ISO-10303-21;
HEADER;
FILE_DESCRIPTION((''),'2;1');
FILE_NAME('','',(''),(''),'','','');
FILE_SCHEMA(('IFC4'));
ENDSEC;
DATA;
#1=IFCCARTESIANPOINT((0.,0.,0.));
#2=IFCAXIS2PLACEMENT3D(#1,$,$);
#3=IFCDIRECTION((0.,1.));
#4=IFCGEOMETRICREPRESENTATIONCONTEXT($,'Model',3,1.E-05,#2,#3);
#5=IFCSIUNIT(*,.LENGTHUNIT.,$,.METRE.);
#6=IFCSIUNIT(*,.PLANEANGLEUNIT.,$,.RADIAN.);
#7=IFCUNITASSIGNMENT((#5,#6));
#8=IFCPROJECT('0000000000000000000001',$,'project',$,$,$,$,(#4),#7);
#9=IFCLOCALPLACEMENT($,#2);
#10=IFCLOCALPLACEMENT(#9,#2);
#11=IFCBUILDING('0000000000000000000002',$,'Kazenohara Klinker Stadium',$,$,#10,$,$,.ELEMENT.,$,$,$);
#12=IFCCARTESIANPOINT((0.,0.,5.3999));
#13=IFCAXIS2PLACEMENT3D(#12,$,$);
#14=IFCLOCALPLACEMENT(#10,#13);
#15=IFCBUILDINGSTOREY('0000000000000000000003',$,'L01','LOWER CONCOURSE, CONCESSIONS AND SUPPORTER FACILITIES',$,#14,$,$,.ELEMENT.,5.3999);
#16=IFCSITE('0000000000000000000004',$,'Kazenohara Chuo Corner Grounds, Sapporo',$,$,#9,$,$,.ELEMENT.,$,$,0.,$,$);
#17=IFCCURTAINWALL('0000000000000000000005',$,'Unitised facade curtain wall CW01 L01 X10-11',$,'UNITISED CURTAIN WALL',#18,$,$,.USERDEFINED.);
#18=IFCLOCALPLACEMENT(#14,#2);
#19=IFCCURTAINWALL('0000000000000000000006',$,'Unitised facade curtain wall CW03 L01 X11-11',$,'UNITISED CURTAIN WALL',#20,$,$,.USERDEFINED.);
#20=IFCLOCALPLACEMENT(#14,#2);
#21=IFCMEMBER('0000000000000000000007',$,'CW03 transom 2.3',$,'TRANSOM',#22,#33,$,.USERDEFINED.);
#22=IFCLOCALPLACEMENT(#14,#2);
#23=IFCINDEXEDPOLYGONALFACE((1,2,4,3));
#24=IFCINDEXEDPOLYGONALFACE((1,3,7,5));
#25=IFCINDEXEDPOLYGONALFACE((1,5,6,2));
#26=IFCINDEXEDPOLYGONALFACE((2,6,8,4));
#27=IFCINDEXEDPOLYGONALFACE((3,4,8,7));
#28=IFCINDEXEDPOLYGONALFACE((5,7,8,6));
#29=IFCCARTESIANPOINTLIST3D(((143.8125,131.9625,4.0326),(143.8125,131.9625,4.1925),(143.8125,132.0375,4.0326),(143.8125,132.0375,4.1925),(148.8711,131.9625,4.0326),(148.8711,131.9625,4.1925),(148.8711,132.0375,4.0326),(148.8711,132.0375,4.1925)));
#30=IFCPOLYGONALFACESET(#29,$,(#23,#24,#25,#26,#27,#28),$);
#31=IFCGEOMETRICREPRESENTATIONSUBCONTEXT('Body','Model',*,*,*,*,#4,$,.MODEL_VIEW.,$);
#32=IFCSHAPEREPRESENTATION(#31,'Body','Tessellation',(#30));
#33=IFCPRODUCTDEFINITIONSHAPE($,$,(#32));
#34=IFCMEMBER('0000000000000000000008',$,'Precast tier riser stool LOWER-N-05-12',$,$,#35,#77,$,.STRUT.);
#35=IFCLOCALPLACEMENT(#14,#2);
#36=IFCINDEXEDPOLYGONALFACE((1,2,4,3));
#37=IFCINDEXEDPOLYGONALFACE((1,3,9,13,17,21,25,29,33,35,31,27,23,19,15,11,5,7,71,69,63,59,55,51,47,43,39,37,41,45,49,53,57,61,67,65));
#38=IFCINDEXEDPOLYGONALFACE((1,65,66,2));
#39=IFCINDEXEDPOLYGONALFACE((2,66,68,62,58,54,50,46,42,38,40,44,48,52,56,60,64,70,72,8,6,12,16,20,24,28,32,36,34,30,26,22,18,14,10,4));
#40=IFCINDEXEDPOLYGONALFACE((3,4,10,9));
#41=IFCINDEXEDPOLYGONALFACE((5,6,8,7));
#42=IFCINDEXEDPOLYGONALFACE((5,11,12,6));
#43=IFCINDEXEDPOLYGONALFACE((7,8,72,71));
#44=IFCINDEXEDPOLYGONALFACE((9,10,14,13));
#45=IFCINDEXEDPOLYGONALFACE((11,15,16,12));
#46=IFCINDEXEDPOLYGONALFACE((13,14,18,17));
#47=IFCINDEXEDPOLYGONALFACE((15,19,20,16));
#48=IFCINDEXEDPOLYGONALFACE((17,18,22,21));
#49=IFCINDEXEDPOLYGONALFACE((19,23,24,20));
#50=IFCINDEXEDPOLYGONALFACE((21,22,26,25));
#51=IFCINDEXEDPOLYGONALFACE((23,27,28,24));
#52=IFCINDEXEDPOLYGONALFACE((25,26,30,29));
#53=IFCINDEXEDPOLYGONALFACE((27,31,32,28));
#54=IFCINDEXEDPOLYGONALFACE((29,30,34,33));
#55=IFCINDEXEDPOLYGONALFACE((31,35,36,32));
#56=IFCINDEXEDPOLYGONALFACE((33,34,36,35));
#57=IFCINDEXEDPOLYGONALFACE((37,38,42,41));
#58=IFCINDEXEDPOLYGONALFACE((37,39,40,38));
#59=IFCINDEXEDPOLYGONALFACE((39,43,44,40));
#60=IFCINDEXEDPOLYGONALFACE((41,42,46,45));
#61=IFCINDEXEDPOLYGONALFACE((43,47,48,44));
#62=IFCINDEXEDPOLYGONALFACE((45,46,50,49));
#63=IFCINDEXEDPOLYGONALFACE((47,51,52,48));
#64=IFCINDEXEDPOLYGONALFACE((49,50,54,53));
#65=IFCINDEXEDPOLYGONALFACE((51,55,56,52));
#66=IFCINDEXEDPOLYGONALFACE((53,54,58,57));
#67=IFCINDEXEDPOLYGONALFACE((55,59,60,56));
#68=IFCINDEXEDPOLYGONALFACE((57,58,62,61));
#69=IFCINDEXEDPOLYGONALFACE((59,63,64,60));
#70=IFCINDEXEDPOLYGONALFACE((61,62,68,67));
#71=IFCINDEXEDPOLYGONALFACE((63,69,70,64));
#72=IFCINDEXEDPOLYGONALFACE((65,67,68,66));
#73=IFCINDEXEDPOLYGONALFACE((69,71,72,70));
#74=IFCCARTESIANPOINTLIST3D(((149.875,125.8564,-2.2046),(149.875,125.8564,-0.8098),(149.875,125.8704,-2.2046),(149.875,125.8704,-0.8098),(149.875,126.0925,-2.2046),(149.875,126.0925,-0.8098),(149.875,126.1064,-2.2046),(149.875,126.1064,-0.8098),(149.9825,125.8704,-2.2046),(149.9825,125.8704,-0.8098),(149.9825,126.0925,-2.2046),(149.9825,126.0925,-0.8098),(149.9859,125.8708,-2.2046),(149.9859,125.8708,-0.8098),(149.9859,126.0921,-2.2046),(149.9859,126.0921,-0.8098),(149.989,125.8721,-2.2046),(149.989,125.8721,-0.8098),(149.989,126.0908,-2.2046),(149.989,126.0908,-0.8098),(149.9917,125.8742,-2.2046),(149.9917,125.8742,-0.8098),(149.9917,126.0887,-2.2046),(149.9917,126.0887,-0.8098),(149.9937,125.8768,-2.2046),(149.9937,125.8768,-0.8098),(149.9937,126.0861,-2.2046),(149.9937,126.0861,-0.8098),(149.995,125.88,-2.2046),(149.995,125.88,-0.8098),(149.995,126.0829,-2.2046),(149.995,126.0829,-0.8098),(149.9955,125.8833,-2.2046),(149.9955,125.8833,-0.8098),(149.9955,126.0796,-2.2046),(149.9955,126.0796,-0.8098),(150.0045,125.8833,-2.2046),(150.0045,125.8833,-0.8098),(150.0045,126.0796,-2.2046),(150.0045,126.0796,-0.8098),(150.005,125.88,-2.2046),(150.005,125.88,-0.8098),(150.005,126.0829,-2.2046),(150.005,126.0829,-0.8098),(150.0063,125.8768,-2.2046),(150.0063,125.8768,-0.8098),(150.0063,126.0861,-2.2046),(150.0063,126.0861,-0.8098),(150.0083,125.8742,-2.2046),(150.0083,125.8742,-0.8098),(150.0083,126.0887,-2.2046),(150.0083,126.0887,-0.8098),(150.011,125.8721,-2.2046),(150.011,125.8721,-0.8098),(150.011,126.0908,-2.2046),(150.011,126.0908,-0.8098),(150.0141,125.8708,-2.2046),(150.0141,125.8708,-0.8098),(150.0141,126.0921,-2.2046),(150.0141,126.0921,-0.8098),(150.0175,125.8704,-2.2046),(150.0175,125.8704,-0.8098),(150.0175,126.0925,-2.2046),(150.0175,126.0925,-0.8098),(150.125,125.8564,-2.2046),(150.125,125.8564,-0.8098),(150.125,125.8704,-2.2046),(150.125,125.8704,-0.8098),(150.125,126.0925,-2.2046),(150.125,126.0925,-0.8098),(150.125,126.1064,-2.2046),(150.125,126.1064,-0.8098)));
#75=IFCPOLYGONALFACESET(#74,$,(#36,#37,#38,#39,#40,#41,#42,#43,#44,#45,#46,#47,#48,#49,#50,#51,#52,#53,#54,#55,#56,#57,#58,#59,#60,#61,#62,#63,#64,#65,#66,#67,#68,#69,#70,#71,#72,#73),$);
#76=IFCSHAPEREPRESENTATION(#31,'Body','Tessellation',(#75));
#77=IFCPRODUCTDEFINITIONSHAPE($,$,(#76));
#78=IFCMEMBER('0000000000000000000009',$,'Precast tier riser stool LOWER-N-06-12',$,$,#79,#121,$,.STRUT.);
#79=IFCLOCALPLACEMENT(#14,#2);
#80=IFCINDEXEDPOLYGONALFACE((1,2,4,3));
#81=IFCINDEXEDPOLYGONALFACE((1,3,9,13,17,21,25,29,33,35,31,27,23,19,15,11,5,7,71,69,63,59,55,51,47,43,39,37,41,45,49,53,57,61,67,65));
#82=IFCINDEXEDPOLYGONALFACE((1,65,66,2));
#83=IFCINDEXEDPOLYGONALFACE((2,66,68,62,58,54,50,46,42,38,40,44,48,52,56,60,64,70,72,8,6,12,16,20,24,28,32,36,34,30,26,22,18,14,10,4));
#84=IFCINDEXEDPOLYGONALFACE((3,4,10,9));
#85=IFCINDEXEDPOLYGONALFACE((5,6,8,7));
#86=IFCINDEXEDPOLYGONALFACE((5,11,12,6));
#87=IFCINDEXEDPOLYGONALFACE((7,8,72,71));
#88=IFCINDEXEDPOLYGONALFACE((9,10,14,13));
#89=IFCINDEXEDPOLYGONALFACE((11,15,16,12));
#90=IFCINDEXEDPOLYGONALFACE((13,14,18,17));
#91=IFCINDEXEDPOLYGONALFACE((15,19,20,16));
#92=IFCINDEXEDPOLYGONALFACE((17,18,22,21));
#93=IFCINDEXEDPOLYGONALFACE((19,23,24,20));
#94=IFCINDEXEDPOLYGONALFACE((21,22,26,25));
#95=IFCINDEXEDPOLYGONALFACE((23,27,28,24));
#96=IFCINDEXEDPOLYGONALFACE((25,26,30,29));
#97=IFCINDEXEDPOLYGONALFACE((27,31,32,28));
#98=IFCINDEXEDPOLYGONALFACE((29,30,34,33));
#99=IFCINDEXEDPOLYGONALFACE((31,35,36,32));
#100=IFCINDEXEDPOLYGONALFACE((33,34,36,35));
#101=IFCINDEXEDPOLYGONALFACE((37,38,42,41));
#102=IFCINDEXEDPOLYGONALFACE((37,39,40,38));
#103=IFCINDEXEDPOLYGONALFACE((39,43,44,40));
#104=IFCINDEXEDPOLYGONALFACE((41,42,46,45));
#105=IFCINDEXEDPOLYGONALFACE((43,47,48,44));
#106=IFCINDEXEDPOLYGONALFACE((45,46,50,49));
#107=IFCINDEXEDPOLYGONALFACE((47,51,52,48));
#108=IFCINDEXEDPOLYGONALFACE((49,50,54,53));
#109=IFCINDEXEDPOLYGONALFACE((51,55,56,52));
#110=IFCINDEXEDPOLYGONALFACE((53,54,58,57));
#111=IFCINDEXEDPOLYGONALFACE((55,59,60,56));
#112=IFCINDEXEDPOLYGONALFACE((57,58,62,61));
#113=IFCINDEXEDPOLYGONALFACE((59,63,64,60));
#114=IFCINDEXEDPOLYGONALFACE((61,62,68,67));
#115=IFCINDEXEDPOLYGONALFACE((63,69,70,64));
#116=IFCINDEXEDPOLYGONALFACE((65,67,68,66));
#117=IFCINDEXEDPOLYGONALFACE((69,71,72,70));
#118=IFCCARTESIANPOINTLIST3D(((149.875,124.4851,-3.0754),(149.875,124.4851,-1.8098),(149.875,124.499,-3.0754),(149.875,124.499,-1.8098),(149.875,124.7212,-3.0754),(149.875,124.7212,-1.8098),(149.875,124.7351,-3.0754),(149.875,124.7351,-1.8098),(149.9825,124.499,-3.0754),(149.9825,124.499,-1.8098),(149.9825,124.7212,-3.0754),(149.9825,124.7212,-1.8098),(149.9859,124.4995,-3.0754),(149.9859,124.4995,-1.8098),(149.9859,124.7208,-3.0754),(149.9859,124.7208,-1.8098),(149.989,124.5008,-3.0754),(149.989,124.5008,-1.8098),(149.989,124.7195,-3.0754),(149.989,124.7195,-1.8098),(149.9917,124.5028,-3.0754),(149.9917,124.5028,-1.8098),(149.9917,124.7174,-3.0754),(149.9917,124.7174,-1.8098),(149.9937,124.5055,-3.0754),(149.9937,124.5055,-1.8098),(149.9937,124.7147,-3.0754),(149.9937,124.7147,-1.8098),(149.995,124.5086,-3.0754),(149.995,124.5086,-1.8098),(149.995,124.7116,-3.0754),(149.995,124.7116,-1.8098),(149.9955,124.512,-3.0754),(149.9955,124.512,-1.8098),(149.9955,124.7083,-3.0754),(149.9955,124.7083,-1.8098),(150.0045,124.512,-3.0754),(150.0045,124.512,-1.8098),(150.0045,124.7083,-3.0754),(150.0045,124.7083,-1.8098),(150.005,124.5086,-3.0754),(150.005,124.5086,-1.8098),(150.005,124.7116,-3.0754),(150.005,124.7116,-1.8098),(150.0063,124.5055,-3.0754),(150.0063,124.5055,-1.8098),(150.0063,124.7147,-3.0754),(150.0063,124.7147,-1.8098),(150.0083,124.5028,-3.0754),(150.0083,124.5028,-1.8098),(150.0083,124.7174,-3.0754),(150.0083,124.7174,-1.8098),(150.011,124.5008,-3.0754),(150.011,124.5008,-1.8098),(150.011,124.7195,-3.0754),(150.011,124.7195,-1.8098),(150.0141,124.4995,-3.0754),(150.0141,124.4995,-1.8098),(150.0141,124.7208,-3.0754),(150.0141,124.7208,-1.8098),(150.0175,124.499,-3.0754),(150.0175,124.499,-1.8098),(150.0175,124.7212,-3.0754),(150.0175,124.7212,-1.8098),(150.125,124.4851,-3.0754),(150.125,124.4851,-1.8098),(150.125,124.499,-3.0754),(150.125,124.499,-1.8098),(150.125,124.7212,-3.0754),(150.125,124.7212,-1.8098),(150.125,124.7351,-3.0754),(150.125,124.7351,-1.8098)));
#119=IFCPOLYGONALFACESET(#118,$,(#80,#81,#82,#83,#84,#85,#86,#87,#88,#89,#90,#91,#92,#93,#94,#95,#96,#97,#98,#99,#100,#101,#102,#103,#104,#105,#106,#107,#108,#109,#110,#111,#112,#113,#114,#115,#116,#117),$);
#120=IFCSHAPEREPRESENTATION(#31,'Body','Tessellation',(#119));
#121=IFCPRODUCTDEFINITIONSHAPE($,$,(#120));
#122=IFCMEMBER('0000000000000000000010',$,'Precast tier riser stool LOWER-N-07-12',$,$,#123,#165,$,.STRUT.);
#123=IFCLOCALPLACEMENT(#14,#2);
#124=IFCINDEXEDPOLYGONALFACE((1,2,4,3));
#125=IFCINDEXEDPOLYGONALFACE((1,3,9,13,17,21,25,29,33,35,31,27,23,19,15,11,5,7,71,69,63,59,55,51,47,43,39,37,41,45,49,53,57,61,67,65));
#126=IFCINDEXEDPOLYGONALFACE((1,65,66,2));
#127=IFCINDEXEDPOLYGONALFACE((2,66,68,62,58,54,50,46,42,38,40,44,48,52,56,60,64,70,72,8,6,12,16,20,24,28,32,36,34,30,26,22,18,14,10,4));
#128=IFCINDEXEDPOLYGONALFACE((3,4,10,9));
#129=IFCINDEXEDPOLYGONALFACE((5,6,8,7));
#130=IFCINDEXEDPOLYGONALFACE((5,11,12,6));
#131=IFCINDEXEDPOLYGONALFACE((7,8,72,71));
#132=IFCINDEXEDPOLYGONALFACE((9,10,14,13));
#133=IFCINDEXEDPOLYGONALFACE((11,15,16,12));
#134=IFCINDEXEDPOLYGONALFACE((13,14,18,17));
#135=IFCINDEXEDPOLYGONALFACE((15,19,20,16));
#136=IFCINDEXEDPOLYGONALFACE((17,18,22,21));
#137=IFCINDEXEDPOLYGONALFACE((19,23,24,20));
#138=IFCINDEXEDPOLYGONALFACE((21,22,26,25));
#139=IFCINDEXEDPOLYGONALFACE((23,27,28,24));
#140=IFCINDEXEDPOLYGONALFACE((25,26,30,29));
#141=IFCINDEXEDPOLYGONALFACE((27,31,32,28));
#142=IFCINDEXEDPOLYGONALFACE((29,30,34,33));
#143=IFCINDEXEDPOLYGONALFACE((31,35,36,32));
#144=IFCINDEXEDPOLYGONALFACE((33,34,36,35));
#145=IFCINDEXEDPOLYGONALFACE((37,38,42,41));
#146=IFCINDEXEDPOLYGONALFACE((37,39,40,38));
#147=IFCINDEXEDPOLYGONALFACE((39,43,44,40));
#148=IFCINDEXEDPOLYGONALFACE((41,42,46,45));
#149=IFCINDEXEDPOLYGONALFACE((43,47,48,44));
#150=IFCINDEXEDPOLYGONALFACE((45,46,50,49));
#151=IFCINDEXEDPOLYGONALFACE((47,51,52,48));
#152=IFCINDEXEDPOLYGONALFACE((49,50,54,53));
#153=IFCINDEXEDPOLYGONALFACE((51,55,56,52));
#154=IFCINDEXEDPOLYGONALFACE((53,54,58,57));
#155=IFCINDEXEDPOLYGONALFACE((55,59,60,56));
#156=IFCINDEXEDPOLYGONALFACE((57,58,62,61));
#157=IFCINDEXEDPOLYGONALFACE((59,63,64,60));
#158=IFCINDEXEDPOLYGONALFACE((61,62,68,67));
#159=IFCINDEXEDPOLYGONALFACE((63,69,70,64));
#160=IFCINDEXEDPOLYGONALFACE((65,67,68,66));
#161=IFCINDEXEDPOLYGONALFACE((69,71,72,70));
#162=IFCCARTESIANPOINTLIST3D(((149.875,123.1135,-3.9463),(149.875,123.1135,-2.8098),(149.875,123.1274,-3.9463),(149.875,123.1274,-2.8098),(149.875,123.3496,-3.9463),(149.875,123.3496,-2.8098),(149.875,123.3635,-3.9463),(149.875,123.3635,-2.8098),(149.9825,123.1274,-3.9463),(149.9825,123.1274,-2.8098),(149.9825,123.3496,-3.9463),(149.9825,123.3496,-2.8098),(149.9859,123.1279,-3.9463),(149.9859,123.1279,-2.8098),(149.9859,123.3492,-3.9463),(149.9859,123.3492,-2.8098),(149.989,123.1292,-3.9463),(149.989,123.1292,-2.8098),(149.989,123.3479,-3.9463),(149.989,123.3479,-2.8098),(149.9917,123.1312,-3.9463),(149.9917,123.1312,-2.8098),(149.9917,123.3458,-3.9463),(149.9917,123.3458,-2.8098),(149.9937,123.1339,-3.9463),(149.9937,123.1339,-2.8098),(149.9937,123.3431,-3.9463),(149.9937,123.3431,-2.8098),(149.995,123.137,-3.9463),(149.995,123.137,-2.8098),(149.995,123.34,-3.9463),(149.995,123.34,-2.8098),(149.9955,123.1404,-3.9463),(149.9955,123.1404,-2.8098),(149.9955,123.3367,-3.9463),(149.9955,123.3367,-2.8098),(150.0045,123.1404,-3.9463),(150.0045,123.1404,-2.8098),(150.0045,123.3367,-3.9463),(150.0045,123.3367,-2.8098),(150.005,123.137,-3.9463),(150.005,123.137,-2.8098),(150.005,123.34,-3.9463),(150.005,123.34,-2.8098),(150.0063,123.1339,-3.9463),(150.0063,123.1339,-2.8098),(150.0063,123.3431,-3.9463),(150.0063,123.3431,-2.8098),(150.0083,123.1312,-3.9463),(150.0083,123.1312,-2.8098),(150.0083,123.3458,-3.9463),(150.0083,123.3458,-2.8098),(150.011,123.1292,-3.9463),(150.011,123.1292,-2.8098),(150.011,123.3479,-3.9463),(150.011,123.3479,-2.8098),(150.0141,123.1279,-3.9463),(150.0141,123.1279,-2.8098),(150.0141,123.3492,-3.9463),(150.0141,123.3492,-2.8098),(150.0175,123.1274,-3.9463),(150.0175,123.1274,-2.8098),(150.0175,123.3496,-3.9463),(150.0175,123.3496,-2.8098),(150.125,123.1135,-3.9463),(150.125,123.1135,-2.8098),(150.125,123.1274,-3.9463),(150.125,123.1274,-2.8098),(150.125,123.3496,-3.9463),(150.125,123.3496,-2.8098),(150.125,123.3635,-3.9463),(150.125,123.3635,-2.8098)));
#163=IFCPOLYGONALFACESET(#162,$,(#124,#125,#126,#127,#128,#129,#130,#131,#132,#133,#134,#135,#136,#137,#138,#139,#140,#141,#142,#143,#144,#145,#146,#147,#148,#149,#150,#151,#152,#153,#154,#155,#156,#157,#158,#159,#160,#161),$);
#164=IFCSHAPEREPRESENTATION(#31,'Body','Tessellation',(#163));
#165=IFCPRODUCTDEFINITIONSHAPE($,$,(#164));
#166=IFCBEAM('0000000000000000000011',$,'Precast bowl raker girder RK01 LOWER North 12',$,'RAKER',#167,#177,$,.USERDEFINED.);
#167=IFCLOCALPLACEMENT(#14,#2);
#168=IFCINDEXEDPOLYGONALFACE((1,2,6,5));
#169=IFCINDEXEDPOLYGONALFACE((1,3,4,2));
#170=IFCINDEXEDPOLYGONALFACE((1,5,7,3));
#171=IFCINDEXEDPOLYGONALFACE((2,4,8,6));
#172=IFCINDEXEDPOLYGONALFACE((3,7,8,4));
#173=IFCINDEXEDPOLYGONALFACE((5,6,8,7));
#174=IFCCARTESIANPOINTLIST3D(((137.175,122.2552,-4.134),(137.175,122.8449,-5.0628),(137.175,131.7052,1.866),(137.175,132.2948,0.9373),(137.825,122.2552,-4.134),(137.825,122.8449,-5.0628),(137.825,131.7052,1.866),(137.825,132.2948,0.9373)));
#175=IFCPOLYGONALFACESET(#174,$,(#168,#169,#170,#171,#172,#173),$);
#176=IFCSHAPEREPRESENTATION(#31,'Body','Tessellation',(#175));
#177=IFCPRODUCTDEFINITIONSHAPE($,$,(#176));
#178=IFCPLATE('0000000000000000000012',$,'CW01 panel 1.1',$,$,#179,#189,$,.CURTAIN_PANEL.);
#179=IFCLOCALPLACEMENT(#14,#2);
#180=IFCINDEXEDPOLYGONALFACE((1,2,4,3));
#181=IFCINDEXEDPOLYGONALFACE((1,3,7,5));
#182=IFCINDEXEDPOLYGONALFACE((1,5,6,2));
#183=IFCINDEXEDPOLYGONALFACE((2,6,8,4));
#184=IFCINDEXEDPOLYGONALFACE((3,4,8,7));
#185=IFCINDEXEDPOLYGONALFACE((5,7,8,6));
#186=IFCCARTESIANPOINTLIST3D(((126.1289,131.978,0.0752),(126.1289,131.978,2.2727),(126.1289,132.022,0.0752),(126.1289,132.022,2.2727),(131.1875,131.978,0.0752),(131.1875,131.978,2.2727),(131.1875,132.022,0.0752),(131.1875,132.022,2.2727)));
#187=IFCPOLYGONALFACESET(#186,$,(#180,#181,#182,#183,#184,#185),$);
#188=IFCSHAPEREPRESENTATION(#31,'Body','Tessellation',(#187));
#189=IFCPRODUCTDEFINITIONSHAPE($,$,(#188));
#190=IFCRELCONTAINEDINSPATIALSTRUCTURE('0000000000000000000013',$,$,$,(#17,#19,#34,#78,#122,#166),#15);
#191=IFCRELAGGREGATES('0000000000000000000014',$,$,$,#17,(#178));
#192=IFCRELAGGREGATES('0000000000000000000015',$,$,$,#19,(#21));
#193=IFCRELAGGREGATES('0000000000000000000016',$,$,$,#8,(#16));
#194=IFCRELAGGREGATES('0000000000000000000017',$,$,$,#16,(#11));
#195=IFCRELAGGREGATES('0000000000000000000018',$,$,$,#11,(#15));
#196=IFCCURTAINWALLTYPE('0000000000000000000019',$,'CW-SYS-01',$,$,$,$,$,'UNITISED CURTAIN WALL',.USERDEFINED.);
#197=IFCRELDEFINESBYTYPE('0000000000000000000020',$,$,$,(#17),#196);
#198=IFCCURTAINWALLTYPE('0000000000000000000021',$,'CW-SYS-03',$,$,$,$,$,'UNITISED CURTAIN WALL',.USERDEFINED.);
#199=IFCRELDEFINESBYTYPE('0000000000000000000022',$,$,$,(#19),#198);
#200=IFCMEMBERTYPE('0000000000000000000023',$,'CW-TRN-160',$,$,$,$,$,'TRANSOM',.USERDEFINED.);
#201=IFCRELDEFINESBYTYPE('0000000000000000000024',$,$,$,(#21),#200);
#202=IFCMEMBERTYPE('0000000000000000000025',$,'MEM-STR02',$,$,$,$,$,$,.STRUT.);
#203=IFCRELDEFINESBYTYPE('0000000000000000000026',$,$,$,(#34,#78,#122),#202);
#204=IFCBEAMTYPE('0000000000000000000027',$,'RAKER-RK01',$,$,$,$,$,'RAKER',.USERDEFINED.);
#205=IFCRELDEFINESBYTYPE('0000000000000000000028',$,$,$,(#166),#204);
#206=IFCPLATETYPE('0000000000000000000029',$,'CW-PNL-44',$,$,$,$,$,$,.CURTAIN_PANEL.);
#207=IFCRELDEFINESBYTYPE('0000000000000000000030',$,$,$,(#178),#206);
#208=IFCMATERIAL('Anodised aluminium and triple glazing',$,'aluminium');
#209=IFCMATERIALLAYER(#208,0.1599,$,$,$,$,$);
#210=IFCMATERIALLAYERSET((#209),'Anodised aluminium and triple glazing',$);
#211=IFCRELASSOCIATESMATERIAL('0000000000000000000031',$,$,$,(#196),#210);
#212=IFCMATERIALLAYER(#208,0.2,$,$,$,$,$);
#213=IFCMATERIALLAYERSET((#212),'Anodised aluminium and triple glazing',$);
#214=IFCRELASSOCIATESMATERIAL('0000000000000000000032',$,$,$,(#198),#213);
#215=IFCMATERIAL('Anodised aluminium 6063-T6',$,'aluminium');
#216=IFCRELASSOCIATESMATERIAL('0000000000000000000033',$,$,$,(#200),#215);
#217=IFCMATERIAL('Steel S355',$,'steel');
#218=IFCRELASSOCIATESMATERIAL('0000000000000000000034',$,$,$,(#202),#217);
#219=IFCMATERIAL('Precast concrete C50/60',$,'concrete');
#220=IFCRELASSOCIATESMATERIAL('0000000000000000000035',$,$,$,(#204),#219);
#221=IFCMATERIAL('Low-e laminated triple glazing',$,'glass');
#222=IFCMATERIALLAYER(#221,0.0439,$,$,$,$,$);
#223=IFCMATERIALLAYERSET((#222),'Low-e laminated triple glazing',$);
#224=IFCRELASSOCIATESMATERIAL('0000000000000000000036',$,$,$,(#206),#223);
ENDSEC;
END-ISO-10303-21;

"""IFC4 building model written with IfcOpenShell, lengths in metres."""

from ifc_helpers import new_model, si_unit, direction, frame, origin, origin_2d, place, context, subcontext, project, spatial, rectangle, i_section, extrude, material, layer, layer_set, material_profile, profile_set, type_object, element, aggregate, save


model = new_model("IFC4")

# Units and contexts
model_context = context("Model", 3, precision=1e-05, world=origin(), true_north=direction((0.0, 1.0)))
body_context = subcontext(model_context, "Body", "Model", "MODEL_VIEW")
ifc_project = project(units=[si_unit("LENGTHUNIT", "METRE"), si_unit("PLANEANGLEUNIT", "RADIAN")], contexts=[model_context])

# Site, building, storey
site_placement = place(None, origin())
site = spatial("IfcSite", under=ifc_project, at=site_placement, Name="Kazenohara Chuo Corner Grounds, Sapporo", CompositionType="ELEMENT", RefElevation=0.0)
building_placement = place(site_placement, origin())
building = spatial("IfcBuilding", under=site, at=building_placement, Name="Kazenohara Klinker Stadium", CompositionType="ELEMENT")
storey_placement = place(building_placement, frame((0.0, 0.0, 5.3999)))
storey = spatial("IfcBuildingStorey", under=building, at=storey_placement, Name="L01", Description="LOWER CONCOURSE, CONCESSIONS AND SUPPORTER FACILITIES", CompositionType="ELEMENT", Elevation=5.3999)

# Shared definitions
ifc_material_1 = material(Name="Steel S355", Category="steel")

# Curtain walls
ifc_material_2 = material(Name="Anodised aluminium and triple glazing", Category="aluminium")
ifc_layer_1 = layer(ifc_material_2, 0.1599)
ifc_layer_set_1 = layer_set([ifc_layer_1], Name="Anodised aluminium and triple glazing")
curtain_wall_type_1 = type_object("IfcCurtainWallType", Name="CW-SYS-01", ElementType="UNITISED CURTAIN WALL", PredefinedType="USERDEFINED", material=ifc_layer_set_1)
curtain_wall_1_placement = place(storey_placement, origin())
curtain_wall_1 = element("IfcCurtainWall", 1, at=curtain_wall_1_placement, inside=storey, type_object=curtain_wall_type_1, Name="Unitised facade curtain wall CW01 L01 X10-11", ObjectType="UNITISED CURTAIN WALL", PredefinedType="USERDEFINED")
ifc_material_3 = material(Name="Anodised aluminium 6063-T6", Category="aluminium")
ifc_layer_2 = layer(ifc_material_2, 0.2)
ifc_layer_set_2 = layer_set([ifc_layer_2], Name="Anodised aluminium and triple glazing")
curtain_wall_type_2 = type_object("IfcCurtainWallType", Name="CW-SYS-03", ElementType="UNITISED CURTAIN WALL", PredefinedType="USERDEFINED", material=ifc_layer_set_2)
curtain_wall_2_placement = place(storey_placement, origin())
curtain_wall_2 = element("IfcCurtainWall", 2, at=curtain_wall_2_placement, inside=storey, type_object=curtain_wall_type_2, Name="Unitised facade curtain wall CW03 L01 X11-11", ObjectType="UNITISED CURTAIN WALL", PredefinedType="USERDEFINED")

# Member
ifc_material_profile_1 = material_profile(ifc_material_3, rectangle(XDim=0.075, YDim=0.1599, at=origin_2d()), Name="ALU-TRN-75x160")
ifc_profile_set_1 = profile_set([ifc_material_profile_1], Name="Anodised aluminium 6063-T6")
member_type_1 = type_object("IfcMemberType", Name="CW-TRN-160", ElementType="TRANSOM", PredefinedType="USERDEFINED", material=ifc_profile_set_1)
member_1_placement = place(storey_placement, frame((143.8125, 132.0, 4.1125), z_axis=(1.0, 0.0, 0.0), x_axis=(0.0, 1.0, 0.0)))
member_1 = element("IfcMember", 3, at=member_1_placement, type_object=member_type_1, Name="CW03 transom 2.3", ObjectType="TRANSOM", PredefinedType="USERDEFINED", context=body_context, shape_type="SweptSolid", body=[
    extrude(rectangle(XDim=0.075, YDim=0.1599, at=origin_2d()), origin(), (0.0, 0.0, 1.0), 5.0586),
])

# Members
ifc_material_profile_2 = material_profile(ifc_material_1, i_section(OverallWidth=0.25, OverallDepth=0.25, WebThickness=0.009, FlangeThickness=0.0139, FilletRadius=0.0129, at=origin_2d()), Name="H-250x250x9x14")
ifc_profile_set_2 = profile_set([ifc_material_profile_2], Name="Steel S355")
member_type_2 = type_object("IfcMemberType", Name="MEM-STR02", PredefinedType="STRUT", material=ifc_profile_set_2)
member_2_placement = place(storey_placement, frame((150.0, 125.9814, -2.2046), z_axis=(0.0, 0.0, 1.0), x_axis=(1.0, 0.0, 0.0)))
element("IfcMember", 4, at=member_2_placement, inside=storey, type_object=member_type_2, Name="Precast tier riser stool LOWER-N-05-12", PredefinedType="STRUT", context=body_context, shape_type="SweptSolid", body=[
    extrude(i_section(OverallWidth=0.25, OverallDepth=0.25, WebThickness=0.009, FlangeThickness=0.0139, FilletRadius=0.0129, at=origin_2d()), origin(), (0.0, 0.0, 1.0), 1.3948),
])
member_3_placement = place(storey_placement, frame((150.0, 124.6101, -3.0754), z_axis=(0.0, 0.0, 1.0), x_axis=(1.0, 0.0, 0.0)))
element("IfcMember", 5, at=member_3_placement, inside=storey, type_object=member_type_2, Name="Precast tier riser stool LOWER-N-06-12", PredefinedType="STRUT", context=body_context, shape_type="SweptSolid", body=[
    extrude(i_section(OverallWidth=0.25, OverallDepth=0.25, WebThickness=0.009, FlangeThickness=0.0139, FilletRadius=0.0129, at=origin_2d()), origin(), (0.0, 0.0, 1.0), 1.2656),
])
member_4_placement = place(storey_placement, frame((150.0, 123.2385, -3.9463), z_axis=(0.0, 0.0, 1.0), x_axis=(1.0, 0.0, 0.0)))
element("IfcMember", 6, at=member_4_placement, inside=storey, type_object=member_type_2, Name="Precast tier riser stool LOWER-N-07-12", PredefinedType="STRUT", context=body_context, shape_type="SweptSolid", body=[
    extrude(i_section(OverallWidth=0.25, OverallDepth=0.25, WebThickness=0.009, FlangeThickness=0.0139, FilletRadius=0.0129, at=origin_2d()), origin(), (0.0, 0.0, 1.0), 1.1365),
])

# Beam
ifc_material_4 = material(Name="Precast concrete C50/60", Category="concrete")
ifc_material_profile_3 = material_profile(ifc_material_4, rectangle(XDim=0.6499, YDim=1.1001, at=origin_2d()), Name="PC-RAKER-650x1100")
ifc_profile_set_3 = profile_set([ifc_material_profile_3], Name="Precast concrete C50/60")
beam_type_1 = type_object("IfcBeamType", Name="RAKER-RK01", ElementType="RAKER", PredefinedType="USERDEFINED", material=ifc_profile_set_3)
beam_1_placement = place(storey_placement, frame((137.5, 132.0, 1.4016), z_axis=(0.0, -0.844212, -0.53601), x_axis=(1.0, 0.0, 0.0)))
element("IfcBeam", 7, at=beam_1_placement, inside=storey, type_object=beam_type_1, Name="Precast bowl raker girder RK01 LOWER North 12", ObjectType="RAKER", PredefinedType="USERDEFINED", context=body_context, shape_type="SweptSolid", body=[
    extrude(rectangle(XDim=0.6499, YDim=1.1001, at=origin_2d()), origin(), (0.0, 0.0, 1.0), 11.1938),
])

# Plate
ifc_material_5 = material(Name="Low-e laminated triple glazing", Category="glass")
ifc_layer_3 = layer(ifc_material_5, 0.0439)
ifc_layer_set_3 = layer_set([ifc_layer_3], Name="Low-e laminated triple glazing")
plate_type = type_object("IfcPlateType", Name="CW-PNL-44", PredefinedType="CURTAIN_PANEL", material=ifc_layer_set_3)
plate_1_placement = place(storey_placement, frame((128.6582, 132.0, 0.0752), z_axis=(0.0, 0.0, 1.0), x_axis=(1.0, 0.0, 0.0)))
plate_1 = element("IfcPlate", 8, at=plate_1_placement, type_object=plate_type, Name="CW01 panel 1.1", PredefinedType="CURTAIN_PANEL", context=body_context, shape_type="SweptSolid", body=[
    extrude(rectangle(XDim=5.0586, YDim=0.0439, at=origin_2d()), origin(), (0.0, 0.0, 1.0), 2.1975),
])
aggregate(curtain_wall_1, [plate_1])
aggregate(curtain_wall_2, [member_1])

save(model, "model.ifc")
